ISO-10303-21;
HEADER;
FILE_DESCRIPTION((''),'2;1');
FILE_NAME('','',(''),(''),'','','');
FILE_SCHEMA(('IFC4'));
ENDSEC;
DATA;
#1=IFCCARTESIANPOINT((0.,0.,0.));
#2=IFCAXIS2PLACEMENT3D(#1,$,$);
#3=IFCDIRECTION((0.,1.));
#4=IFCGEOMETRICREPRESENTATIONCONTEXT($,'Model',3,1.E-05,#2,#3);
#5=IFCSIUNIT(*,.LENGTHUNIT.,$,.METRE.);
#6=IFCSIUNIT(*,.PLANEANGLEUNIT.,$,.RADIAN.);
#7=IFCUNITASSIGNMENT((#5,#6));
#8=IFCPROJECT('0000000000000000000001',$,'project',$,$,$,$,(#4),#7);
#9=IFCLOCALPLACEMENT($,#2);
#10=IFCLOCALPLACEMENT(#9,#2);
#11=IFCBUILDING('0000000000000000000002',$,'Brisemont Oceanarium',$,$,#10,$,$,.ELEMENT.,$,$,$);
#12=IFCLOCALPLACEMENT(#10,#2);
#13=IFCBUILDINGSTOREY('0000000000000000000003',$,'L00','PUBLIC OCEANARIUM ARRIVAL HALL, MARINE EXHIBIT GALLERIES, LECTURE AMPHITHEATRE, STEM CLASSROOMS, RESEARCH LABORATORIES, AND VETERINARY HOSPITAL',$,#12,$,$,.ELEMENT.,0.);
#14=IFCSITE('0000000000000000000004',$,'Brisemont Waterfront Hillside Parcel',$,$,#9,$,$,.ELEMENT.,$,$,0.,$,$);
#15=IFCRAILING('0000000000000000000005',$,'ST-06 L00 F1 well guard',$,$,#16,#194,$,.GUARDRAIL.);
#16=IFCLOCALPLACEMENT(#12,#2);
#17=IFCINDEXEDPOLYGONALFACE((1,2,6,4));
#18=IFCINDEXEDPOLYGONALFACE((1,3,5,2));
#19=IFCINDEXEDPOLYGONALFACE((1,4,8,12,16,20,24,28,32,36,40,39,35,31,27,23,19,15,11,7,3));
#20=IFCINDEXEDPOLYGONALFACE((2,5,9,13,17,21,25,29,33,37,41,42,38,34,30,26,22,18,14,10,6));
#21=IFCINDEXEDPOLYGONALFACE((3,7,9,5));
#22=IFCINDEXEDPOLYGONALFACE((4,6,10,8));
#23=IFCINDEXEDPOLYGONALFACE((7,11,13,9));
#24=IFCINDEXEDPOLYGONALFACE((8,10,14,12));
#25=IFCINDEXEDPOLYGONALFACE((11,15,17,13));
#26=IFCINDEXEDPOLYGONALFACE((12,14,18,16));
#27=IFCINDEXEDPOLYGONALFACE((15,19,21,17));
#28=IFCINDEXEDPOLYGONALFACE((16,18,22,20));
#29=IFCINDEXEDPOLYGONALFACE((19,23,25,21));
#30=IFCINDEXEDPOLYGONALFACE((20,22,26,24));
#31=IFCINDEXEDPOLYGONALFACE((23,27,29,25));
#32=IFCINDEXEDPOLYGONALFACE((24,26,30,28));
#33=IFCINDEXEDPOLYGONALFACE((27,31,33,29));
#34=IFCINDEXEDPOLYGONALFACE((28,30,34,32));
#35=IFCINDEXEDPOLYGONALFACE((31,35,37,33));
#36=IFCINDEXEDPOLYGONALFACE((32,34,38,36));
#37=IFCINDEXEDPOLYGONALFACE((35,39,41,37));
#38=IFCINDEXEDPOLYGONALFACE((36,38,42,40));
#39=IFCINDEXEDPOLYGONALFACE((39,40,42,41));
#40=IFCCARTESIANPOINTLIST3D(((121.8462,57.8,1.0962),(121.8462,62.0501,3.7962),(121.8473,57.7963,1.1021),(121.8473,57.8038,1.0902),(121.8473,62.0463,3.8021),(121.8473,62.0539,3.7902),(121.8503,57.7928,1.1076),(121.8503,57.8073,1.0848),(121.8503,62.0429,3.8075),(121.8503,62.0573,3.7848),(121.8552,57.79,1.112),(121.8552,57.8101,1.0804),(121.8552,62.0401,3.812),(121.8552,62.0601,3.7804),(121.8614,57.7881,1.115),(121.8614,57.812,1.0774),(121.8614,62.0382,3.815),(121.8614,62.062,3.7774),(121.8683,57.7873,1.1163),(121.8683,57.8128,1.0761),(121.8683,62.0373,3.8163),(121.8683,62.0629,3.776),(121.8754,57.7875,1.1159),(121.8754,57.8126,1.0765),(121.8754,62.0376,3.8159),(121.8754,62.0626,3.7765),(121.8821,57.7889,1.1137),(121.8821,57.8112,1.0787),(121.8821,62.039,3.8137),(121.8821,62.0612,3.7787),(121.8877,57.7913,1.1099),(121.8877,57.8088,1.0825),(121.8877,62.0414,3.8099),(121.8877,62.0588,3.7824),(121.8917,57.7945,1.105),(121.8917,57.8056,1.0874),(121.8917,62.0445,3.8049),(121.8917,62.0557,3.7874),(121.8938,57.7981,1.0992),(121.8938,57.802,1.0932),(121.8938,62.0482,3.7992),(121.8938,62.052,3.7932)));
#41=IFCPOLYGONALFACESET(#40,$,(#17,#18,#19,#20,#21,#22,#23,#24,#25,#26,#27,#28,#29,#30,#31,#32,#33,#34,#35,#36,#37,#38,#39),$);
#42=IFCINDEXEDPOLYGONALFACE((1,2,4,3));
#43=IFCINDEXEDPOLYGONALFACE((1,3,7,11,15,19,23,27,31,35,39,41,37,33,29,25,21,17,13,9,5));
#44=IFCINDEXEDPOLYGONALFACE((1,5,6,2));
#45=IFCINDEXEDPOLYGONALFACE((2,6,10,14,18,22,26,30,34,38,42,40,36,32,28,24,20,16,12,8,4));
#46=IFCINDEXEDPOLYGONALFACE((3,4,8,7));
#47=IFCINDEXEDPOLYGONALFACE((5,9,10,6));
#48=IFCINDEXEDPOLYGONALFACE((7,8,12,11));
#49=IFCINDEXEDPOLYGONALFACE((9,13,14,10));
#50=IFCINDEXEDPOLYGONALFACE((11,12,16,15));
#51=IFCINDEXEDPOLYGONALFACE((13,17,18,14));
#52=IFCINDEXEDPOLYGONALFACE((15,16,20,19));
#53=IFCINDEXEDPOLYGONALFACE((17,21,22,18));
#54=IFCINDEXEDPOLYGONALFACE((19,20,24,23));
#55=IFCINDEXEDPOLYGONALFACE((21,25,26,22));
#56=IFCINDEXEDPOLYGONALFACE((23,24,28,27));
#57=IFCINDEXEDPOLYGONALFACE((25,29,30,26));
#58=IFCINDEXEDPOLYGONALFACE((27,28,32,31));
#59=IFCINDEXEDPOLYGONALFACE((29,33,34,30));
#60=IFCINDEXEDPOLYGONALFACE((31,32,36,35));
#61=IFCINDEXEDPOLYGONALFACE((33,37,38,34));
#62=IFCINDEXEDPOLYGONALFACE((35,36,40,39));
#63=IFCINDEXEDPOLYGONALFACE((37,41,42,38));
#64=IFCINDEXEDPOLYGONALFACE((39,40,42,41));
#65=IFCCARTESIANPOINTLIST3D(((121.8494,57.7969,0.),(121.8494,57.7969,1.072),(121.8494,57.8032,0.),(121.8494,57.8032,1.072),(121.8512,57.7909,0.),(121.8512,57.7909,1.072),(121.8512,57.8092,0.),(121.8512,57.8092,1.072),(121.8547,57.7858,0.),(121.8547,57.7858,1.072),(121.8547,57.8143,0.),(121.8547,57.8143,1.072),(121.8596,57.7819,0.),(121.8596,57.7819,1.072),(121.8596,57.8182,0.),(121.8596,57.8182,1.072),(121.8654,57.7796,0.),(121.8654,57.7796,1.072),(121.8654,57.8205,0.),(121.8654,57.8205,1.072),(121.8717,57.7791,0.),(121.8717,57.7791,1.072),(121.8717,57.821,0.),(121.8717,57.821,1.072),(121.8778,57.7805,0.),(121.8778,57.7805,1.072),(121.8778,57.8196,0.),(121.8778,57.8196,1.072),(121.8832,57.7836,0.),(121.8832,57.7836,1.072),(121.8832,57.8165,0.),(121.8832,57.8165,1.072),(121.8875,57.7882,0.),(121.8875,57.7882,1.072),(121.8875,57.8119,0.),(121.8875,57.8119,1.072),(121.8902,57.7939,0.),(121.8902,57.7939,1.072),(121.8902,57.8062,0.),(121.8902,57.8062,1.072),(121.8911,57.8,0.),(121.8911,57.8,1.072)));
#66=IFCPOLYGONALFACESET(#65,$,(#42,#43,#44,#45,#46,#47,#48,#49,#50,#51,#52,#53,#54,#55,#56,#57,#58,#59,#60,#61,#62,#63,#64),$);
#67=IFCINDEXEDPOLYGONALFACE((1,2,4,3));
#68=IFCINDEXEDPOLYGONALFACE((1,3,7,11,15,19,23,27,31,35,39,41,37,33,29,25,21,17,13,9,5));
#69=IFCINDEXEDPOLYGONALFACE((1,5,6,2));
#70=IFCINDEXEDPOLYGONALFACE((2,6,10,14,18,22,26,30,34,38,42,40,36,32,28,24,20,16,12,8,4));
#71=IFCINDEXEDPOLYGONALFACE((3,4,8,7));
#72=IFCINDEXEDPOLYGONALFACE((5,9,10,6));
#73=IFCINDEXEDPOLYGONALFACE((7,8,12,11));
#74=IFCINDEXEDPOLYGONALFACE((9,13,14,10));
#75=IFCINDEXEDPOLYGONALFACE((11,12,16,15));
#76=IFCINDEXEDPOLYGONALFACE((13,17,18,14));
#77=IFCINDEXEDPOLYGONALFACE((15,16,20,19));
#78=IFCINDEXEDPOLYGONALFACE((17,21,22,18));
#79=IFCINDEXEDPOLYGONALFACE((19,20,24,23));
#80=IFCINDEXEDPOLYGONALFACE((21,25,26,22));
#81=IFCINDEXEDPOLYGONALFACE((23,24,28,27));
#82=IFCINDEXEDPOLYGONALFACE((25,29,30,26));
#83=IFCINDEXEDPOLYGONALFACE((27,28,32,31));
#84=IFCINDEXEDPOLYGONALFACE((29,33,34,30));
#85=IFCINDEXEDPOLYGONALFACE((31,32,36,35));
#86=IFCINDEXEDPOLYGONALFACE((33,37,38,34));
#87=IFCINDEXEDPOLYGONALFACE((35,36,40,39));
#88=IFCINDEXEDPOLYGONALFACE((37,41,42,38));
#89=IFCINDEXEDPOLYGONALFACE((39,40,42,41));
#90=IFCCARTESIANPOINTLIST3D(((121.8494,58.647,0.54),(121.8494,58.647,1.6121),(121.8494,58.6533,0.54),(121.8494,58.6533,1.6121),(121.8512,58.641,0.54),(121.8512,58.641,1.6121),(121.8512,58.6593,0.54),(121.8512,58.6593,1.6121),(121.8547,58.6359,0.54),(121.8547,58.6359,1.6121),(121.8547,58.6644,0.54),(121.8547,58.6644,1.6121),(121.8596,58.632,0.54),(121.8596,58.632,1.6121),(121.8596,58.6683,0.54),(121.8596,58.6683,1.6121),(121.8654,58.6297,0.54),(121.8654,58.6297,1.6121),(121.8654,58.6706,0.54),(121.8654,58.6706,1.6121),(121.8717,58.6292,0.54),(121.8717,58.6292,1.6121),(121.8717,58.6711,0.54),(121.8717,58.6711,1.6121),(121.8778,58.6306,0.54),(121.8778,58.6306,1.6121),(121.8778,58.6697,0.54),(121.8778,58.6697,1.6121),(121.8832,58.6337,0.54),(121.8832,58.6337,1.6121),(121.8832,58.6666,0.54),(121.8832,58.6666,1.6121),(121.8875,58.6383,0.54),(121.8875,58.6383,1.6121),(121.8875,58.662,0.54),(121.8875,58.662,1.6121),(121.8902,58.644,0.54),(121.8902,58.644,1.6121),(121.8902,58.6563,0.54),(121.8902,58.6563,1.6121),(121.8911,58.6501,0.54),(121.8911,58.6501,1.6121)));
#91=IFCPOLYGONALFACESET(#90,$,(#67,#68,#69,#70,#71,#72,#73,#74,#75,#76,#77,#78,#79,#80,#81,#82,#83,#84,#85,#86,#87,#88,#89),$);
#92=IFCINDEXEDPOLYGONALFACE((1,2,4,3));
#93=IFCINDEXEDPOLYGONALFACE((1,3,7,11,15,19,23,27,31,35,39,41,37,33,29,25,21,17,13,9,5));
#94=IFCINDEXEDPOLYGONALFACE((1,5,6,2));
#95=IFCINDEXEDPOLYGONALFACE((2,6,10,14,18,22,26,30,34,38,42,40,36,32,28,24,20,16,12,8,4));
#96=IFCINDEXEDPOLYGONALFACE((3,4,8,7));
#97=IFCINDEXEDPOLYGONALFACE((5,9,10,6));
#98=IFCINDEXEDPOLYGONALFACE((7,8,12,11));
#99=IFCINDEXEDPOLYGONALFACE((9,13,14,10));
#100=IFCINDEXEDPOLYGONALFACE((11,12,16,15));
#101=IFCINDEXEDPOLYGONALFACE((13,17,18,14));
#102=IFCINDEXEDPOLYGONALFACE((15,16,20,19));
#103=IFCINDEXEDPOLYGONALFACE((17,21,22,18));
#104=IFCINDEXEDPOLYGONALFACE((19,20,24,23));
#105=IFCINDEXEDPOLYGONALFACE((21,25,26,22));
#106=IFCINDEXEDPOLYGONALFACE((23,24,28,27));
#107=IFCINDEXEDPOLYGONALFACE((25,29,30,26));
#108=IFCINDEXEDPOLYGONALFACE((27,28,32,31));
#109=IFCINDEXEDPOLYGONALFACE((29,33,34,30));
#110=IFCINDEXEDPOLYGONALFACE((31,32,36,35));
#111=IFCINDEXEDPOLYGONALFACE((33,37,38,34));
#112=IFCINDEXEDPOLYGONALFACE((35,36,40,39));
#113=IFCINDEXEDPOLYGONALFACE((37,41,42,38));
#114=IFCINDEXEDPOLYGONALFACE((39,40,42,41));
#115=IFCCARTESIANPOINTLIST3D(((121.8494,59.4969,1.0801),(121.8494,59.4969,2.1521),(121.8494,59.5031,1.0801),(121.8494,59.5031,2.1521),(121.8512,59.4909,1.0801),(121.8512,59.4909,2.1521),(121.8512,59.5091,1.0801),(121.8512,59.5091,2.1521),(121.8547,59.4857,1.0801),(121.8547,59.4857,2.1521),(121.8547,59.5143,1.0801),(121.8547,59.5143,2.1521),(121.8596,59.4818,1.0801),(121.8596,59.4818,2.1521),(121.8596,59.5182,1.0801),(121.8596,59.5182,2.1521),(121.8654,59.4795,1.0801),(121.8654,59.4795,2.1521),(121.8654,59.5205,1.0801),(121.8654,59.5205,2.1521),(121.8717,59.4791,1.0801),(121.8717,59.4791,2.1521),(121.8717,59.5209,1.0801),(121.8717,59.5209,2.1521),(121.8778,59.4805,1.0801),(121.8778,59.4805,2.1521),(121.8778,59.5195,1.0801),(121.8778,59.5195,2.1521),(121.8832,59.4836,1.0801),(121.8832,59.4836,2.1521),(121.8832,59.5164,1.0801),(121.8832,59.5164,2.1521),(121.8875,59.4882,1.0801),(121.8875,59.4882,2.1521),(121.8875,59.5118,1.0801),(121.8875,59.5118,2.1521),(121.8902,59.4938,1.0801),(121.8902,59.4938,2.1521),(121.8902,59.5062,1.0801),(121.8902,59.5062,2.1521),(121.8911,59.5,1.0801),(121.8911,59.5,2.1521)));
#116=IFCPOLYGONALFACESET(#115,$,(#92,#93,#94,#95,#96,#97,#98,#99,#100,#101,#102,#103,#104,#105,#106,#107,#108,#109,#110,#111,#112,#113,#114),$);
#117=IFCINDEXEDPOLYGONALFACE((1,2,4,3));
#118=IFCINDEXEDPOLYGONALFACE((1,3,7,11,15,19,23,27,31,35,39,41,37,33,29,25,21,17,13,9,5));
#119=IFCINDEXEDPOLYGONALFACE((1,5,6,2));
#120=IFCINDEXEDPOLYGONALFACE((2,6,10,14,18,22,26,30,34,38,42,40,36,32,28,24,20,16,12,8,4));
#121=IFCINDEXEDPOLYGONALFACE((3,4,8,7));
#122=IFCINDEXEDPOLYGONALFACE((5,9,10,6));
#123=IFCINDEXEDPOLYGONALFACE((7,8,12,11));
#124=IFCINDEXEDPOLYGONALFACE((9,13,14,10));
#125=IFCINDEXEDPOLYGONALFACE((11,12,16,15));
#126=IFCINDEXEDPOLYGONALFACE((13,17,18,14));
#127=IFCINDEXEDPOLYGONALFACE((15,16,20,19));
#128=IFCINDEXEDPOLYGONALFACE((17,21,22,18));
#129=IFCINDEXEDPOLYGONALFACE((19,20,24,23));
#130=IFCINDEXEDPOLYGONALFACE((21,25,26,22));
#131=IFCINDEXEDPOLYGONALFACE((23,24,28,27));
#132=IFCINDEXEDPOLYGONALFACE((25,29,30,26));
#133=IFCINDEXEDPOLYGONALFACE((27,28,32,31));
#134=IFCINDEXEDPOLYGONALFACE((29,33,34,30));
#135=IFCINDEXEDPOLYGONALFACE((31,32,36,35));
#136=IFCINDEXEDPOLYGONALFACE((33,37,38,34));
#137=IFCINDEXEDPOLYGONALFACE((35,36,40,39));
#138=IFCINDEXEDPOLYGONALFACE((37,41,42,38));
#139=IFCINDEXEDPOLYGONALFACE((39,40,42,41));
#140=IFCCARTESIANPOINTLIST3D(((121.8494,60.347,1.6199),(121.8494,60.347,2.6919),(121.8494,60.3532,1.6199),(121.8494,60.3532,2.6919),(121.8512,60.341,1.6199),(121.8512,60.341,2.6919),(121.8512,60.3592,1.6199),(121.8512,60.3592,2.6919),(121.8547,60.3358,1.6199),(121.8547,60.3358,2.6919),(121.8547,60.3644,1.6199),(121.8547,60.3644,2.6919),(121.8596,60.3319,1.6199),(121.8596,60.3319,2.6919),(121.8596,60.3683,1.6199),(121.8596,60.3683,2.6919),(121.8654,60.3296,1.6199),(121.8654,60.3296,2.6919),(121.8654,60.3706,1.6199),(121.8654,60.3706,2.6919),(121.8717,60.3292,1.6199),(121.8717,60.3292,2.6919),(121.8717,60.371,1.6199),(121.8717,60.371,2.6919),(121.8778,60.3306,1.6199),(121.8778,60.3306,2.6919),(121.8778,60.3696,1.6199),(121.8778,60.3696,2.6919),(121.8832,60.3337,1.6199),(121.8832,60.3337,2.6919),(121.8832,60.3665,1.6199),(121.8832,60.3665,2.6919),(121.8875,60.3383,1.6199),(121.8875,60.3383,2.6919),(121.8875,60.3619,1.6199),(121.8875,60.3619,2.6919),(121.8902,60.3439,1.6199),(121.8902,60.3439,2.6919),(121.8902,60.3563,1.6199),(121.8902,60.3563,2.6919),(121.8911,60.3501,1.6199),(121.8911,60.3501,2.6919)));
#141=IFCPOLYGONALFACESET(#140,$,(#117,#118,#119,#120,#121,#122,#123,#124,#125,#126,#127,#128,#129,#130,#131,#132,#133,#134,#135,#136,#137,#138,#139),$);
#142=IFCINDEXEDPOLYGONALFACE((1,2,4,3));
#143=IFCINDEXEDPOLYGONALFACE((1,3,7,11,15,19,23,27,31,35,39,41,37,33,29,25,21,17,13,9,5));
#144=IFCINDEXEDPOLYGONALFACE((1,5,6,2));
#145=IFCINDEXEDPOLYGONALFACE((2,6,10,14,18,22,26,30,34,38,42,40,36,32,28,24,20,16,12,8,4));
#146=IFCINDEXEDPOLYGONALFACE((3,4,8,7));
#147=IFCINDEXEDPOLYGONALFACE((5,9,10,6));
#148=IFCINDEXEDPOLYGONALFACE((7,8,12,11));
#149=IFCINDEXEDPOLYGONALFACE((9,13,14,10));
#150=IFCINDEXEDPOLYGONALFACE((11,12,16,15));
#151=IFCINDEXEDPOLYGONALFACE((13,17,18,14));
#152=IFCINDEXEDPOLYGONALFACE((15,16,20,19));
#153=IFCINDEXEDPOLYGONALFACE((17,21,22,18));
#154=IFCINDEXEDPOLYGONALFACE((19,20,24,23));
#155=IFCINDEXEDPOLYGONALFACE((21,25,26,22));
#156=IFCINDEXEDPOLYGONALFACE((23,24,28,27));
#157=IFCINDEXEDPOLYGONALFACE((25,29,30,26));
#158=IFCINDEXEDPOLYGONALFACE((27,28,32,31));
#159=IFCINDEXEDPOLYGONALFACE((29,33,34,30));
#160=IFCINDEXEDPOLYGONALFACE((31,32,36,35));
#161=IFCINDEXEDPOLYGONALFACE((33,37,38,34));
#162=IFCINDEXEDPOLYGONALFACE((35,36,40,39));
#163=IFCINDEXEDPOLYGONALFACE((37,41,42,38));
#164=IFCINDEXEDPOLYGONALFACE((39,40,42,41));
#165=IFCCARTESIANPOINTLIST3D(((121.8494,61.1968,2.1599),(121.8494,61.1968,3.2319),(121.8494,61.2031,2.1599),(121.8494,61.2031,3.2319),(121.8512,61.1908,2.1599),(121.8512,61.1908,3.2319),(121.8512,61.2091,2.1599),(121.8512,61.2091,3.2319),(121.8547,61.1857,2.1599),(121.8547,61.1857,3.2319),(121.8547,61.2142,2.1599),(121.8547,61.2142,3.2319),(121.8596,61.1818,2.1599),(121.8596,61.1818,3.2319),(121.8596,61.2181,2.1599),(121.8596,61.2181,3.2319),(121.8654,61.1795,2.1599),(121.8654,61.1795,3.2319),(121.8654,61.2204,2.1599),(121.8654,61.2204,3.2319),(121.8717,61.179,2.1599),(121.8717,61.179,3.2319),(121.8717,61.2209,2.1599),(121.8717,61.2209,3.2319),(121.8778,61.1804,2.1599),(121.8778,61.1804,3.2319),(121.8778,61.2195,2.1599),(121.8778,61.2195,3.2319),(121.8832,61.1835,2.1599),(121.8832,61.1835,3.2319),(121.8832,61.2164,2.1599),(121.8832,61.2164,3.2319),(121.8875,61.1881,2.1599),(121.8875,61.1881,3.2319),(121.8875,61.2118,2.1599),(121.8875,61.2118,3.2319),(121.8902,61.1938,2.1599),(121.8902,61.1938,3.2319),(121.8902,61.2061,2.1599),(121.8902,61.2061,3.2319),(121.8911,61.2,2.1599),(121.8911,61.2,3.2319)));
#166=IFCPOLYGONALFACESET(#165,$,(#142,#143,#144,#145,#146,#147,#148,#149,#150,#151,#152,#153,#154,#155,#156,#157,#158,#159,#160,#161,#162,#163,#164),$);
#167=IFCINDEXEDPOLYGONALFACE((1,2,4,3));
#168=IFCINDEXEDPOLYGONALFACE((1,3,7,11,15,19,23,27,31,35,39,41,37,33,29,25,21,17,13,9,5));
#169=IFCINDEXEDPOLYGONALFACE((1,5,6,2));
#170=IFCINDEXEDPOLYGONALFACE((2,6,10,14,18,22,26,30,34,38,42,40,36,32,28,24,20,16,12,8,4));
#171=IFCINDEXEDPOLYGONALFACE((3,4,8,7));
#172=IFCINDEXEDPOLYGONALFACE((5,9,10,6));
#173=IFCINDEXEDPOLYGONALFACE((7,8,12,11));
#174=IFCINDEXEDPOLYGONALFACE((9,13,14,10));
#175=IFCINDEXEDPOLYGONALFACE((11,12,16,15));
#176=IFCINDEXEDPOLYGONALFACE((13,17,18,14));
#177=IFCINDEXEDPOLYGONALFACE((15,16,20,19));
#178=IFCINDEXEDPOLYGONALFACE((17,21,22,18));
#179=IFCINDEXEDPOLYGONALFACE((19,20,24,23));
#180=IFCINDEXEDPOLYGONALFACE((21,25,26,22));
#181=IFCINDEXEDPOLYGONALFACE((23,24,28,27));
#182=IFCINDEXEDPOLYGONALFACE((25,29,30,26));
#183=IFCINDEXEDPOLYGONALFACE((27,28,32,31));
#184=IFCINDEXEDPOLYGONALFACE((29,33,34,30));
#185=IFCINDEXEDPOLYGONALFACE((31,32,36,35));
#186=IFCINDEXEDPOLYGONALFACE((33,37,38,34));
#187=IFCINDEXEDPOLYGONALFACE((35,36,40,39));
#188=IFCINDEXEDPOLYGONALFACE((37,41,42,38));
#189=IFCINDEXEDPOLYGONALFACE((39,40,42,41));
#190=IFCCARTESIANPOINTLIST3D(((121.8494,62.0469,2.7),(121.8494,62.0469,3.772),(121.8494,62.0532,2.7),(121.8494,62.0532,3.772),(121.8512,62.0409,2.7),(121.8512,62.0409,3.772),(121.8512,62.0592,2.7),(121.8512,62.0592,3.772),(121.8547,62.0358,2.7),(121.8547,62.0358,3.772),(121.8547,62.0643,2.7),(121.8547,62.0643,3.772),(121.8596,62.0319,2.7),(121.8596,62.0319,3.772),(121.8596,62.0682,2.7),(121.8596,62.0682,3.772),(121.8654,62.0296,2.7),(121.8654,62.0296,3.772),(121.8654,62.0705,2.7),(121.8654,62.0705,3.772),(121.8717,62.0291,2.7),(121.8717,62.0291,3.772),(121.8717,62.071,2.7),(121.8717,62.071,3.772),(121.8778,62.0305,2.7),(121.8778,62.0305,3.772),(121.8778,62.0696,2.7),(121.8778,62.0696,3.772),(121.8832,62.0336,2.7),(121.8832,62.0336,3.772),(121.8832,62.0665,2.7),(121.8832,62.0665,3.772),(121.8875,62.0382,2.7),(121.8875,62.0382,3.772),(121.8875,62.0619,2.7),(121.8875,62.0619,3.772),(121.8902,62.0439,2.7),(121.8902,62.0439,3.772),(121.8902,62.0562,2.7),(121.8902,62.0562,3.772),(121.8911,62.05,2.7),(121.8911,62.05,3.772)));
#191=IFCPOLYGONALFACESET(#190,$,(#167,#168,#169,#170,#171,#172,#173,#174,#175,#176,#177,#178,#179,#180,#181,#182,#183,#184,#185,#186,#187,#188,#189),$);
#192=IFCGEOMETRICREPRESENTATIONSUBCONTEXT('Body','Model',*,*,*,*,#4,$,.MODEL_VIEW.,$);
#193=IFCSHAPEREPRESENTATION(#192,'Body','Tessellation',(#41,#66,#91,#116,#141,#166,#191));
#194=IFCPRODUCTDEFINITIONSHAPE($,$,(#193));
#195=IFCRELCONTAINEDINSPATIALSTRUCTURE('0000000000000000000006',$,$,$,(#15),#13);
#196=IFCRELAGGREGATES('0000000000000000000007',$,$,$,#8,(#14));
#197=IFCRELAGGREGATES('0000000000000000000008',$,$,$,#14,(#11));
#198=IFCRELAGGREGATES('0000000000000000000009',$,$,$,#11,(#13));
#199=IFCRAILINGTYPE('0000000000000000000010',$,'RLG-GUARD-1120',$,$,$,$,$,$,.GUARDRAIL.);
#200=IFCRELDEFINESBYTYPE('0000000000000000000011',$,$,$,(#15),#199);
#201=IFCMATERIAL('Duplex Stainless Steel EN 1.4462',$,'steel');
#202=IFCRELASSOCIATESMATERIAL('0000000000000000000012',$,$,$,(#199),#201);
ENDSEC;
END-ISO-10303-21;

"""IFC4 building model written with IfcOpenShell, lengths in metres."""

from ifc_helpers import new_model, si_unit, direction, frame, origin, origin_2d, place, context, subcontext, project, spatial, circle, extrude, material, type_object, element, save


model = new_model("IFC4")

# Units and contexts
model_context = context("Model", 3, precision=1e-05, world=origin(), true_north=direction((0.0, 1.0)))
body_context = subcontext(model_context, "Body", "Model", "MODEL_VIEW")
ifc_project = project(units=[si_unit("LENGTHUNIT", "METRE"), si_unit("PLANEANGLEUNIT", "RADIAN")], contexts=[model_context])

# Site, building, storey
site_placement = place(None, origin())
site = spatial("IfcSite", under=ifc_project, at=site_placement, Name="Brisemont Waterfront Hillside Parcel", CompositionType="ELEMENT", RefElevation=0.0)
building_placement = place(site_placement, origin())
building = spatial("IfcBuilding", under=site, at=building_placement, Name="Brisemont Oceanarium", CompositionType="ELEMENT")
storey_placement = place(building_placement, origin())
storey = spatial("IfcBuildingStorey", under=building, at=storey_placement, Name="L00", Description="PUBLIC OCEANARIUM ARRIVAL HALL, MARINE EXHIBIT GALLERIES, LECTURE AMPHITHEATRE, STEM CLASSROOMS, RESEARCH LABORATORIES, AND VETERINARY HOSPITAL", CompositionType="ELEMENT", Elevation=0.0)

# Railing
ifc_material_1 = material(Name="Duplex Stainless Steel EN 1.4462", Category="steel")
railing_type_1 = type_object("IfcRailingType", Name="RLG-GUARD-1120", PredefinedType="GUARDRAIL", material=ifc_material_1)
railing_1_placement = place(storey_placement, frame((121.8701, 57.8, 0.0)))
element("IfcRailing", 1, at=railing_1_placement, inside=storey, type_object=railing_type_1, Name="ST-06 L00 F1 well guard", PredefinedType="GUARDRAIL", context=body_context, shape_type="SweptSolid", body=[
    extrude(circle(Radius=0.0239, at=origin_2d()), frame((0.0, 0.0, 1.0962), z_axis=(0.0, 0.844075, 0.536226), x_axis=(-1.0, 0.0, 0.0)), (0.0, 0.0, 1.0), 5.0352),
    extrude(circle(Radius=0.021, at=origin_2d()), origin(), (0.0, 0.0, 1.0), 1.072),
    extrude(circle(Radius=0.021, at=origin_2d()), frame((0.0, 0.8501, 0.54)), (0.0, 0.0, 1.0), 1.072),
    extrude(circle(Radius=0.021, at=origin_2d()), frame((0.0, 1.7, 1.0801)), (0.0, 0.0, 1.0), 1.072),
    extrude(circle(Radius=0.021, at=origin_2d()), frame((0.0, 2.55, 1.6199)), (0.0, 0.0, 1.0), 1.072),
    extrude(circle(Radius=0.021, at=origin_2d()), frame((0.0, 3.3999, 2.1599)), (0.0, 0.0, 1.0), 1.072),
    extrude(circle(Radius=0.021, at=origin_2d()), frame((0.0, 4.25, 2.7)), (0.0, 0.0, 1.0), 1.072),
])

save(model, "model.ifc")
